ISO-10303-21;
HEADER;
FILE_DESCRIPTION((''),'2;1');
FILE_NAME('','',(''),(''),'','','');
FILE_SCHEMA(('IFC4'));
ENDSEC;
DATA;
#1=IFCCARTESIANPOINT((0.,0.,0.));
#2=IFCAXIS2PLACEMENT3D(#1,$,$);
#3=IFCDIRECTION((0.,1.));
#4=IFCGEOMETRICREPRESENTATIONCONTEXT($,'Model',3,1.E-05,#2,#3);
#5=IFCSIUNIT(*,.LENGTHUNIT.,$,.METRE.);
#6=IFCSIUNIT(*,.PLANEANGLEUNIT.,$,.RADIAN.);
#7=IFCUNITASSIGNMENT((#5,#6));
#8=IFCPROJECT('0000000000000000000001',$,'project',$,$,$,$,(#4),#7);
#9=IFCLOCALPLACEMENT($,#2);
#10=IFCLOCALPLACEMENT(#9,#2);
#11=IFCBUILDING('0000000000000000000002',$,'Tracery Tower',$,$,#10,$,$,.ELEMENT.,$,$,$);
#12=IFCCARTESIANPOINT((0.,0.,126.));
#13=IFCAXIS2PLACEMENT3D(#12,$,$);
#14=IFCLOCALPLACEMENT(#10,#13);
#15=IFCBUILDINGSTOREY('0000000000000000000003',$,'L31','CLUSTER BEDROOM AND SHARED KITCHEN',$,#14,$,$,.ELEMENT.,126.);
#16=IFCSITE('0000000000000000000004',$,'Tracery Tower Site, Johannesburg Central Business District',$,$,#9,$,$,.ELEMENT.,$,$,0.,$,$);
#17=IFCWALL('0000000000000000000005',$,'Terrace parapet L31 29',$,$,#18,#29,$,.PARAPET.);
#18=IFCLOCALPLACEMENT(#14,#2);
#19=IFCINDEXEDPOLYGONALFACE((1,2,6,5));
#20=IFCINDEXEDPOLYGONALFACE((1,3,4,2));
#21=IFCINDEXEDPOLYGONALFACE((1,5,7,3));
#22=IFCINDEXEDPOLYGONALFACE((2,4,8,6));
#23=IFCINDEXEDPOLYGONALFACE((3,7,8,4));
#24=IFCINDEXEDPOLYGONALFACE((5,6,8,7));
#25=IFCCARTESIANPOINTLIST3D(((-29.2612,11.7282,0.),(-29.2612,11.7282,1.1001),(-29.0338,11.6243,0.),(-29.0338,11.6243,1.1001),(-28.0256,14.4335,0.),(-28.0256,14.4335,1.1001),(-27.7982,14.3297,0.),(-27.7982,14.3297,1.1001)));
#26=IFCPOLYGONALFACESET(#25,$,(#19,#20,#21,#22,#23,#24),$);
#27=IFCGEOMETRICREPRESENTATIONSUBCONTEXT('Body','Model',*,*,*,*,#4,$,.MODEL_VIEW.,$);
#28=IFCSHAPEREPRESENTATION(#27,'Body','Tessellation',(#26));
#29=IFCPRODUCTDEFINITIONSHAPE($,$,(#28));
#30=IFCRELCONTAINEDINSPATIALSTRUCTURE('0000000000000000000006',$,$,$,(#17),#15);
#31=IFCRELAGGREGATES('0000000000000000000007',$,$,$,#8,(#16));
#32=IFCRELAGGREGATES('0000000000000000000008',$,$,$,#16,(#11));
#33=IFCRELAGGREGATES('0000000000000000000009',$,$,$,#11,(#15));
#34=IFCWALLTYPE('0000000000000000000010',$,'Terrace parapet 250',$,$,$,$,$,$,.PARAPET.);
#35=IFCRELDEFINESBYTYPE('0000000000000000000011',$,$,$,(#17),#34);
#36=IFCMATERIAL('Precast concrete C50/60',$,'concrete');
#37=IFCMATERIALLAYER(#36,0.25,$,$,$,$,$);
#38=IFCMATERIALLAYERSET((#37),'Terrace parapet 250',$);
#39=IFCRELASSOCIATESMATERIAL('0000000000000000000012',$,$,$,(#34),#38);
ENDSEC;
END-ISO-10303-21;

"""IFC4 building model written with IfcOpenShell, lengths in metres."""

from ifc_helpers import new_model, si_unit, direction, frame, frame_2d, origin, place, context, subcontext, project, spatial, rectangle, extrude, material, layer, layer_set, type_object, element, save


model = new_model("IFC4")

# Units and contexts
model_context = context("Model", 3, precision=1e-05, world=origin(), true_north=direction((0.0, 1.0)))
body_context = subcontext(model_context, "Body", "Model", "MODEL_VIEW")
ifc_project = project(units=[si_unit("LENGTHUNIT", "METRE"), si_unit("PLANEANGLEUNIT", "RADIAN")], contexts=[model_context])

# Site, building, storey
site_placement = place(None, origin())
site = spatial("IfcSite", under=ifc_project, at=site_placement, Name="Tracery Tower Site, Johannesburg Central Business District", CompositionType="ELEMENT", RefElevation=0.0)
building_placement = place(site_placement, origin())
building = spatial("IfcBuilding", under=site, at=building_placement, Name="Tracery Tower", CompositionType="ELEMENT")
storey_placement = place(building_placement, frame((0.0, 0.0, 126.0)))
storey = spatial("IfcBuildingStorey", under=building, at=storey_placement, Name="L31", Description="CLUSTER BEDROOM AND SHARED KITCHEN", CompositionType="ELEMENT", Elevation=126.0)

# Wall
ifc_material_1 = material(Name="Precast concrete C50/60", Category="concrete")
ifc_layer_1 = layer(ifc_material_1, 0.25)
ifc_layer_set_1 = layer_set([ifc_layer_1], Name="Terrace parapet 250")
wall_type_1 = type_object("IfcWallType", Name="Terrace parapet 250", PredefinedType="PARAPET", material=ifc_layer_set_1)
for number, where, z_axis, x_axis, name in (
    (1, (-27.9119, 14.3816, 0.0), (0.0, 0.0, 1.0), (-0.415447, -0.909617, 0.0), "Terrace parapet L31 29"),
):
    element("IfcWall", number, at=place(storey_placement, frame(where, z_axis=z_axis, x_axis=x_axis)), inside=storey, type_object=wall_type_1, Name=name, PredefinedType="PARAPET", context=body_context, shape_type="SweptSolid", body=[
        extrude(rectangle(XDim=2.9741, YDim=0.25, at=frame_2d((1.4871, 0.0))), origin(), (0.0, 0.0, 1.0), 1.1001),
    ])

save(model, "model.ifc")
